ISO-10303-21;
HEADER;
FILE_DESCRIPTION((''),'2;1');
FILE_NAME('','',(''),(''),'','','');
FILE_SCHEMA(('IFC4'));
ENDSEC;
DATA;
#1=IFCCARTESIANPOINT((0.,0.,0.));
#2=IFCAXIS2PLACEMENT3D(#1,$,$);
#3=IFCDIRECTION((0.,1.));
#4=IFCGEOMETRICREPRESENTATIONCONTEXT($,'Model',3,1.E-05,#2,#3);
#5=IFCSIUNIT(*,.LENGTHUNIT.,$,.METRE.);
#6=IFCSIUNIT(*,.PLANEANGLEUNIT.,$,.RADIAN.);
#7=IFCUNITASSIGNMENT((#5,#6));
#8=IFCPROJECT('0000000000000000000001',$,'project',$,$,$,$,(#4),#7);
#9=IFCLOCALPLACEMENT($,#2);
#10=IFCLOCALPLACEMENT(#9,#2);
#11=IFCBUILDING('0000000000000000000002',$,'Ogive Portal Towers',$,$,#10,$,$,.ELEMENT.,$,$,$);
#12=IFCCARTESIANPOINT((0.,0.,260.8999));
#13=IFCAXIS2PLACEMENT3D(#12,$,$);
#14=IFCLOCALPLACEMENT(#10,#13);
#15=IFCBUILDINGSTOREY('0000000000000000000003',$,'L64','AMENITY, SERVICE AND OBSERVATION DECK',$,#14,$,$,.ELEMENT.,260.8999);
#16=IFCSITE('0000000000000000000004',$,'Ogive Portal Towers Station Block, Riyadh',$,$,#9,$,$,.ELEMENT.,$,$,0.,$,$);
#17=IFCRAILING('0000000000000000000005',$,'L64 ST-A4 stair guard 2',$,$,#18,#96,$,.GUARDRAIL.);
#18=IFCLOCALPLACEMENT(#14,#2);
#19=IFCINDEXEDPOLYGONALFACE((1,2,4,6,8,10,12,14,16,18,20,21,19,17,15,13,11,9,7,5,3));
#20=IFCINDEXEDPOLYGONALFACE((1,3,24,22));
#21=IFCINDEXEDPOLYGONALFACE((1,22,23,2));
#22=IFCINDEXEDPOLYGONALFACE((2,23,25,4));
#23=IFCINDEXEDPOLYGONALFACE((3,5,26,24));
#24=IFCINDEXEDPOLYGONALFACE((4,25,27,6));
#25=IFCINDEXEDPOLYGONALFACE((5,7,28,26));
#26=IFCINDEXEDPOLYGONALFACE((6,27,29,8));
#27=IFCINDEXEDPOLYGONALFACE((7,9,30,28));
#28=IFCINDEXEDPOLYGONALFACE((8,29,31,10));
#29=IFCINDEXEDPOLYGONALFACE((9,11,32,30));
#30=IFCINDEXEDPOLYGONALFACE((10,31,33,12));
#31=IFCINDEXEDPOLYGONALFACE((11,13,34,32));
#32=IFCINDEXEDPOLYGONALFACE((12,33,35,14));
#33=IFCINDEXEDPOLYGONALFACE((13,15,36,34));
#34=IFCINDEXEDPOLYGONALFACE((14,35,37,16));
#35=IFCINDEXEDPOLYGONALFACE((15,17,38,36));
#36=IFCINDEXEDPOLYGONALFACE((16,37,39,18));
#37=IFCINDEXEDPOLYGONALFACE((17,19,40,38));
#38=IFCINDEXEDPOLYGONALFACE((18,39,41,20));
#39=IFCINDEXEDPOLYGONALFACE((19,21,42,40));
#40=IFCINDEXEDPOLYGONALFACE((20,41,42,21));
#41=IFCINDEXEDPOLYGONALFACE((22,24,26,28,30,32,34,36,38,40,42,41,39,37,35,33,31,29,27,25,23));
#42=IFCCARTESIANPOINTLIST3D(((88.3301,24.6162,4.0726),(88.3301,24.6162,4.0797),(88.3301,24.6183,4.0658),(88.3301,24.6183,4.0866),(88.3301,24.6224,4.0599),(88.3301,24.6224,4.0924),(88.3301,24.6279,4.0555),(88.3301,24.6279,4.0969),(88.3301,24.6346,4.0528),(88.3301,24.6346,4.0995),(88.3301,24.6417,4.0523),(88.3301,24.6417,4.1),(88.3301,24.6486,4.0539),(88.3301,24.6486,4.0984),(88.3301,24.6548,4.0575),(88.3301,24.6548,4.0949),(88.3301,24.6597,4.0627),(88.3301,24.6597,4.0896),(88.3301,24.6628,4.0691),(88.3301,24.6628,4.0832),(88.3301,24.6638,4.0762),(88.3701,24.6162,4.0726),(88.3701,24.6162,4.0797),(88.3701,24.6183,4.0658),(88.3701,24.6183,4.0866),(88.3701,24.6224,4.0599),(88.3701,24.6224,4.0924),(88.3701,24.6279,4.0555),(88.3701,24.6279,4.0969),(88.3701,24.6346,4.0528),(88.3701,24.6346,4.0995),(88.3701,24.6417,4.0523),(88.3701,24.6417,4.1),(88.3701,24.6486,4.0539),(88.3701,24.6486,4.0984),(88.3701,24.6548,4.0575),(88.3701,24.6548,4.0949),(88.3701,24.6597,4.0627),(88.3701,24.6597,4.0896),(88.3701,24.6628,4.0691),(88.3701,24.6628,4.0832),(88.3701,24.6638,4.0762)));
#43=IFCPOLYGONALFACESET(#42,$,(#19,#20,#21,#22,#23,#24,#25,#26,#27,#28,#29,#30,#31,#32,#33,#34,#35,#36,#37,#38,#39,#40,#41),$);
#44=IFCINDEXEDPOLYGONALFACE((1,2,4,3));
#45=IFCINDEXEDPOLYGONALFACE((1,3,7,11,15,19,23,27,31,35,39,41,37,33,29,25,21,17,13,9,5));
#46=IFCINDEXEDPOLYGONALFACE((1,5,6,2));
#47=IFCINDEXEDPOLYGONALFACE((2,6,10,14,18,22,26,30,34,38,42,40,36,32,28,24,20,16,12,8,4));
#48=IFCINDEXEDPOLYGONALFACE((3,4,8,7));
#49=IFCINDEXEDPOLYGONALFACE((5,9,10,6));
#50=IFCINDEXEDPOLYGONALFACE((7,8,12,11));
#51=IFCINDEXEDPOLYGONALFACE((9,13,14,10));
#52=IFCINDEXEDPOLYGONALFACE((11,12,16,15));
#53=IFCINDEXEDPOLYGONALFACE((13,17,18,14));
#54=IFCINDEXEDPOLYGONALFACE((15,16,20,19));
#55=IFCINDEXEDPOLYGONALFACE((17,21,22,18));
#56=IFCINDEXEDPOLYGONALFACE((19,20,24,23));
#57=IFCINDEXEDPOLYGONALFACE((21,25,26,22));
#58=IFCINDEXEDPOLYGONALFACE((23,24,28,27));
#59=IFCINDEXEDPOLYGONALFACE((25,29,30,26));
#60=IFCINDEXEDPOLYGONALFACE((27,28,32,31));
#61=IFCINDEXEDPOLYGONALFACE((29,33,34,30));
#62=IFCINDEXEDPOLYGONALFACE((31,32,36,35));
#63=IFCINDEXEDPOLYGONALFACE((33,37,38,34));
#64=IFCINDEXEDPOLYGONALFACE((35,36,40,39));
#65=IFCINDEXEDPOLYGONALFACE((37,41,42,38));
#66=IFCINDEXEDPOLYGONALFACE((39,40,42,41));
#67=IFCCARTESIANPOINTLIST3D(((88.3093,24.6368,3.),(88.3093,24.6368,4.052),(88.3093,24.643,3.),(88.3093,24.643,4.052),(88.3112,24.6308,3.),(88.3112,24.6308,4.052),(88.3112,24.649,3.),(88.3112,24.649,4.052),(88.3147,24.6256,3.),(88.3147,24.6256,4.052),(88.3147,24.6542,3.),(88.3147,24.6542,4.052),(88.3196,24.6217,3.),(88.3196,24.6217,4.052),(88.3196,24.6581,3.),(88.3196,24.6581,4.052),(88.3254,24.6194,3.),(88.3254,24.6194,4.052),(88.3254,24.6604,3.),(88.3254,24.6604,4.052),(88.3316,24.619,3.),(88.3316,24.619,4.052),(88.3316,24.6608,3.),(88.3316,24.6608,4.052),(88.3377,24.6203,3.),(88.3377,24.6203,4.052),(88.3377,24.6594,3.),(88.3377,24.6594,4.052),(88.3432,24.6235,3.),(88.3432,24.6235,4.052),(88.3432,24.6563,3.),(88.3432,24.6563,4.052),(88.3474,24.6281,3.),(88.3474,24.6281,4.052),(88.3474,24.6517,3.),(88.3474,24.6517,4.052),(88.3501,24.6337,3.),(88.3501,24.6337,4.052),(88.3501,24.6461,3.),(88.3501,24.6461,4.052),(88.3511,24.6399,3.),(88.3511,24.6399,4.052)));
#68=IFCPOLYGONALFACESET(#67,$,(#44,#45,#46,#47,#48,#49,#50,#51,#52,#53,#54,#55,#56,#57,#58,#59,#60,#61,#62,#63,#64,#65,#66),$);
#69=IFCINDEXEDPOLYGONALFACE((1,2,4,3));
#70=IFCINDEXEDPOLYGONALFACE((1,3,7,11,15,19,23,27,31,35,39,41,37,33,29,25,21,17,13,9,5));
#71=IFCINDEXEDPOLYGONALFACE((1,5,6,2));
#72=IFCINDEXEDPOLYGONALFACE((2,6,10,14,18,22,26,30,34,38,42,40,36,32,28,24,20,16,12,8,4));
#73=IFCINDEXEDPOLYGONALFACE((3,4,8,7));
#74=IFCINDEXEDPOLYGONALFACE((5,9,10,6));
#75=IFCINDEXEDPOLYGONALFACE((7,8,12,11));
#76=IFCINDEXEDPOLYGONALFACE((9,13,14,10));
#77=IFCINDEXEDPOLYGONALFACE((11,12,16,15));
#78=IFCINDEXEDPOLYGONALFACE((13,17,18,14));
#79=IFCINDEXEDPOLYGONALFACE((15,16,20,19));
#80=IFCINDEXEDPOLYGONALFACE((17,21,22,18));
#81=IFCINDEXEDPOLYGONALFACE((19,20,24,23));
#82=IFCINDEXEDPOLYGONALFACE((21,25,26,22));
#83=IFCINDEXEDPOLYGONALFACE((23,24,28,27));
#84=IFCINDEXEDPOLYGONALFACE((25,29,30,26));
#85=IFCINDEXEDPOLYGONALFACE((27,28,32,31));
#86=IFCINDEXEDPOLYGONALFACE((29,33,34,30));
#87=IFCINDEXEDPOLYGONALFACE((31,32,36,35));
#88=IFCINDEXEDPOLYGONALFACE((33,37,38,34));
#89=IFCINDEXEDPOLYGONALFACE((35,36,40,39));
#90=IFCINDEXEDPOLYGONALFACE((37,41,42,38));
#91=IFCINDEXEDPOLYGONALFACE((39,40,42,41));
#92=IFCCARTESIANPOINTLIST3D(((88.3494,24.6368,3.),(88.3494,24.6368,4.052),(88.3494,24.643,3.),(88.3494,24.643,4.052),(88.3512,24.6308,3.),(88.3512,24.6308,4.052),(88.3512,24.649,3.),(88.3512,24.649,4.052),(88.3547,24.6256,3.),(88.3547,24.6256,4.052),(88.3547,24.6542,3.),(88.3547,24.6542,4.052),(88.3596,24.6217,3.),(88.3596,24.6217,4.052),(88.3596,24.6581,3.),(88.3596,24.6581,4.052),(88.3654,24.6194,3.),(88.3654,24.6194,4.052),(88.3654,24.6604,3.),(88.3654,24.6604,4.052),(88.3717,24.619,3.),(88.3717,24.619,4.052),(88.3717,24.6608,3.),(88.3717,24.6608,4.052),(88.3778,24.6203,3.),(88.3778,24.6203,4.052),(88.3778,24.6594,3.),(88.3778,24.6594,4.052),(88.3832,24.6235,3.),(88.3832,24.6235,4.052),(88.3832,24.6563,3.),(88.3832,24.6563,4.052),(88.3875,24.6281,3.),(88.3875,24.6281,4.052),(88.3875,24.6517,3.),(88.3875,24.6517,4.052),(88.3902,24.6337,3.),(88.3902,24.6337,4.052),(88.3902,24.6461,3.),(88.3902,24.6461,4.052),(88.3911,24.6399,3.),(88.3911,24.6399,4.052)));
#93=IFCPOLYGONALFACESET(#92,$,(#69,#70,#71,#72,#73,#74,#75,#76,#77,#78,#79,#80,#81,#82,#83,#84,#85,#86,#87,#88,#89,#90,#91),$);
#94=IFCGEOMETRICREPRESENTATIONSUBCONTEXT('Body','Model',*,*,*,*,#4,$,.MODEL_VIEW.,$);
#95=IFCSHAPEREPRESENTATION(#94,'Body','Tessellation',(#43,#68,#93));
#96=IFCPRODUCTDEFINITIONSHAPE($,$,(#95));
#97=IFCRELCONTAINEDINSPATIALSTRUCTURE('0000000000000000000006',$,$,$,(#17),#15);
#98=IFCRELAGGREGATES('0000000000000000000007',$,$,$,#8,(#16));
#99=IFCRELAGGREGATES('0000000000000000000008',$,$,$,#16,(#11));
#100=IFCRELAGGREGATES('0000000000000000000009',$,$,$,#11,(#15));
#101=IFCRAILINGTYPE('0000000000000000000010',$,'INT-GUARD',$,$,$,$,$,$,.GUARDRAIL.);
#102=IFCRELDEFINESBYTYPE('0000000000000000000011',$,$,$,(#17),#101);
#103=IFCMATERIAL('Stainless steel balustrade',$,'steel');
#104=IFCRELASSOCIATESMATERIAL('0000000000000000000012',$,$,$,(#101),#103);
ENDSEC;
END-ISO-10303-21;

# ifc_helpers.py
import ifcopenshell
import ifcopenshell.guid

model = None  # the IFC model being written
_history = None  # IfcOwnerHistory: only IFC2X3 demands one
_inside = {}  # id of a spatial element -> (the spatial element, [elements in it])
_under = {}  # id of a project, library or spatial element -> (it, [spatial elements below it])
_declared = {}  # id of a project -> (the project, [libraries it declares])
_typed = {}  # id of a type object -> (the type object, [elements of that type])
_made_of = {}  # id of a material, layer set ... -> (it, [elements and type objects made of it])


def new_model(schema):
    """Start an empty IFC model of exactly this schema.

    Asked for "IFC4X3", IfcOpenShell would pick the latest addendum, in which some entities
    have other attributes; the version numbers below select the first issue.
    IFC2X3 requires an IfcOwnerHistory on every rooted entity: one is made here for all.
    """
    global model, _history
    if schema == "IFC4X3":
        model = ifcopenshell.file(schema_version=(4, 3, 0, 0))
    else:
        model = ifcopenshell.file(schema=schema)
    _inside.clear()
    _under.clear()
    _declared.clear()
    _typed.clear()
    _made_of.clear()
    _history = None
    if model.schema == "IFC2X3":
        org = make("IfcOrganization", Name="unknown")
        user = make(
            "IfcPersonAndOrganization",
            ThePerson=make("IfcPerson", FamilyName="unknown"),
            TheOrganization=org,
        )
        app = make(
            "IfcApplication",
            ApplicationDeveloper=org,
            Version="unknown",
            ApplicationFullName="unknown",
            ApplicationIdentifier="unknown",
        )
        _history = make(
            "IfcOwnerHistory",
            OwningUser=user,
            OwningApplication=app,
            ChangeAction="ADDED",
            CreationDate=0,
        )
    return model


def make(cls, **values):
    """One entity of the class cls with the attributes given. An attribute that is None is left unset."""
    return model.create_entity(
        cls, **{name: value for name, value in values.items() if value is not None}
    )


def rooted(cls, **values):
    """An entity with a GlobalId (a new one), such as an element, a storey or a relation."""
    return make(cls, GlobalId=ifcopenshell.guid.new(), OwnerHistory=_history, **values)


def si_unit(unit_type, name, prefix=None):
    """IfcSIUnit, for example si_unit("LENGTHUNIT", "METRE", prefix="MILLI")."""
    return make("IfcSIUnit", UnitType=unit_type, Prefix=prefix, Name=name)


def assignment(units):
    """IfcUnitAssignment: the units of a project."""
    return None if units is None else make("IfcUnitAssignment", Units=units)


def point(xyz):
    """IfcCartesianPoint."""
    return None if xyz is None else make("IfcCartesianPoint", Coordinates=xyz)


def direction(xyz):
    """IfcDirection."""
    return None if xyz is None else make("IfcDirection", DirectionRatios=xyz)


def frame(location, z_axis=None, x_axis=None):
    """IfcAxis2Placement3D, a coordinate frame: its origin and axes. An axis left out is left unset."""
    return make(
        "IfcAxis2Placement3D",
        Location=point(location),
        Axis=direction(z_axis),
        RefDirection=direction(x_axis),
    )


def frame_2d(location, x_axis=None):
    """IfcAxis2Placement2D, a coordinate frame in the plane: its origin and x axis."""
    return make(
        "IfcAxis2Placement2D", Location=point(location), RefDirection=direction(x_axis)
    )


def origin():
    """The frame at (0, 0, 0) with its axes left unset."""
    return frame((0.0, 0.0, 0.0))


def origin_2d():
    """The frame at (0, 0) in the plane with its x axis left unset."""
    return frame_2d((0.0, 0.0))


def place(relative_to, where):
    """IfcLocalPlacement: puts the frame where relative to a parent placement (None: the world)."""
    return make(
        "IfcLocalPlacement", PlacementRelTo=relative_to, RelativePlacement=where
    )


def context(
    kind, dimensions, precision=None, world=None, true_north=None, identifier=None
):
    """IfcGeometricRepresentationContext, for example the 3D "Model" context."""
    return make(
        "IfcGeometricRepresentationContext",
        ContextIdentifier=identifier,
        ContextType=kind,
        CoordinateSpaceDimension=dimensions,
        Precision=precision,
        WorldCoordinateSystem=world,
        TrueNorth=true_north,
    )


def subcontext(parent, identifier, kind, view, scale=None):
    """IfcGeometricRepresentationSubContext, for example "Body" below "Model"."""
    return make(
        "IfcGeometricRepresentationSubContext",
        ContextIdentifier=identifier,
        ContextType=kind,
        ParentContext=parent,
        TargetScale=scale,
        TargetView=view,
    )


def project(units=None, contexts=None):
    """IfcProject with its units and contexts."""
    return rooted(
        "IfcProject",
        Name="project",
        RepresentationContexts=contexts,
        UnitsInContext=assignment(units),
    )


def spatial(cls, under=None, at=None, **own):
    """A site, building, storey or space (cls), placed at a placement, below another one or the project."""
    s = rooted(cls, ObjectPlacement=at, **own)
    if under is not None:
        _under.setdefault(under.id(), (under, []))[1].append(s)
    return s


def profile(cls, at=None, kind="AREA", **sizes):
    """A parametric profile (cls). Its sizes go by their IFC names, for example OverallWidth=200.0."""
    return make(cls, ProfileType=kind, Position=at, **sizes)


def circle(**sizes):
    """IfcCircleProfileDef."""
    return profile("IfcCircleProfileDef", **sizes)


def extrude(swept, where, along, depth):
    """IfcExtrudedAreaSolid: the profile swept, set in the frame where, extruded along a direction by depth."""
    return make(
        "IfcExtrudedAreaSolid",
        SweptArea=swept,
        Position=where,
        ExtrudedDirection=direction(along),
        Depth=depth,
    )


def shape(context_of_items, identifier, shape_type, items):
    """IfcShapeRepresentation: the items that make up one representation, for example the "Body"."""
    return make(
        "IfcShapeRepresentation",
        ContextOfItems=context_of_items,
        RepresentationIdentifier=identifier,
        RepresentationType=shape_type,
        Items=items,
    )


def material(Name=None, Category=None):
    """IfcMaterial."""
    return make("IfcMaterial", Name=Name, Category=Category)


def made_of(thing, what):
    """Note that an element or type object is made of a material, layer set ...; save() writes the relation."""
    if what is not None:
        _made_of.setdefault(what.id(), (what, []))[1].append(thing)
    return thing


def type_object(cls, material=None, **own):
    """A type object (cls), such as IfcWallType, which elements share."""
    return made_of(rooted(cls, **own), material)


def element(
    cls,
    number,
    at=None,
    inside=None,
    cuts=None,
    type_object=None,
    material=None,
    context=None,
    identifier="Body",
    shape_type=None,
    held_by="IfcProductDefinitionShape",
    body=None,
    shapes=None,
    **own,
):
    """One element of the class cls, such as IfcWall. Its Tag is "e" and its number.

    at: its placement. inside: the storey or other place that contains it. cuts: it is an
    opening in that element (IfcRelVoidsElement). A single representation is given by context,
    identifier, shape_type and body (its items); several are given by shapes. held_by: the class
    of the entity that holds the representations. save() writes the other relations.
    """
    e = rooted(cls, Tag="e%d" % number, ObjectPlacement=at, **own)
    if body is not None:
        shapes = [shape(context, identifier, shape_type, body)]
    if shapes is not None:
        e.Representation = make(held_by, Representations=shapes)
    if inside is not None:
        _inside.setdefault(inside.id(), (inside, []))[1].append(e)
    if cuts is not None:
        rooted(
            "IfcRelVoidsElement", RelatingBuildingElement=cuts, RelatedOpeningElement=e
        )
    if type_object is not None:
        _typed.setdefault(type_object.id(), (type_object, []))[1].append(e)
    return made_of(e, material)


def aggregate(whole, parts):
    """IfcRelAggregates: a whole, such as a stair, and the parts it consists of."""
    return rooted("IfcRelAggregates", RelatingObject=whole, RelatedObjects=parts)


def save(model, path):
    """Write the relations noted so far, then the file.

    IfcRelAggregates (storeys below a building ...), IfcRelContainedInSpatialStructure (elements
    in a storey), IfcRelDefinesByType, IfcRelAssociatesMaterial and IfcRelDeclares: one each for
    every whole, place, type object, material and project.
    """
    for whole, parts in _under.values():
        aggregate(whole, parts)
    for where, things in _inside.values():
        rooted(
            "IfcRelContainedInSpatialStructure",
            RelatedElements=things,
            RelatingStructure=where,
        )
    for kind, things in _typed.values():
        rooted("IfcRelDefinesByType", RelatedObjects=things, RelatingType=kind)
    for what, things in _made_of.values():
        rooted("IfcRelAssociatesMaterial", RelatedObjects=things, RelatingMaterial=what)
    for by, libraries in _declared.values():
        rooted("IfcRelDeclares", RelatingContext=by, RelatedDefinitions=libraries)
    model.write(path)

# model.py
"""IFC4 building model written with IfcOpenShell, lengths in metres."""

from ifc_helpers import new_model, si_unit, direction, frame, origin, origin_2d, place, context, subcontext, project, spatial, circle, extrude, material, type_object, element, save


model = new_model("IFC4")

# Units and contexts
model_context = context("Model", 3, precision=1e-05, world=origin(), true_north=direction((0.0, 1.0)))
body_context = subcontext(model_context, "Body", "Model", "MODEL_VIEW")
ifc_project = project(units=[si_unit("LENGTHUNIT", "METRE"), si_unit("PLANEANGLEUNIT", "RADIAN")], contexts=[model_context])

# Site, building, storey
site_placement = place(None, origin())
site = spatial("IfcSite", under=ifc_project, at=site_placement, Name="Ogive Portal Towers Station Block, Riyadh", CompositionType="ELEMENT", RefElevation=0.0)
building_placement = place(site_placement, origin())
building = spatial("IfcBuilding", under=site, at=building_placement, Name="Ogive Portal Towers", CompositionType="ELEMENT")
storey_placement = place(building_placement, frame((0.0, 0.0, 260.8999)))
storey = spatial("IfcBuildingStorey", under=building, at=storey_placement, Name="L64", Description="AMENITY, SERVICE AND OBSERVATION DECK", CompositionType="ELEMENT", Elevation=260.8999)

# Railing
ifc_material_1 = material(Name="Stainless steel balustrade", Category="steel")
railing_type_1 = type_object("IfcRailingType", Name="INT-GUARD", PredefinedType="GUARDRAIL", material=ifc_material_1)
railing_1_placement = place(storey_placement, frame((88.3301, 24.6399, 3.0)))
element("IfcRailing", 1, at=railing_1_placement, inside=storey, type_object=railing_type_1, Name="L64 ST-A4 stair guard 2", PredefinedType="GUARDRAIL", context=body_context, shape_type="SweptSolid", body=[
    extrude(circle(Radius=0.0239, at=origin_2d()), frame((0.0, 0.0, 1.0762), z_axis=(1.0, 0.0, 0.0), x_axis=(0.0, 1.0, 0.0)), (0.0, 0.0, 1.0), 0.04),
    extrude(circle(Radius=0.021, at=origin_2d()), origin(), (0.0, 0.0, 1.0), 1.052),
    extrude(circle(Radius=0.021, at=origin_2d()), frame((0.04, 0.0, 0.0)), (0.0, 0.0, 1.0), 1.052),
])

save(model, "model.ifc")
